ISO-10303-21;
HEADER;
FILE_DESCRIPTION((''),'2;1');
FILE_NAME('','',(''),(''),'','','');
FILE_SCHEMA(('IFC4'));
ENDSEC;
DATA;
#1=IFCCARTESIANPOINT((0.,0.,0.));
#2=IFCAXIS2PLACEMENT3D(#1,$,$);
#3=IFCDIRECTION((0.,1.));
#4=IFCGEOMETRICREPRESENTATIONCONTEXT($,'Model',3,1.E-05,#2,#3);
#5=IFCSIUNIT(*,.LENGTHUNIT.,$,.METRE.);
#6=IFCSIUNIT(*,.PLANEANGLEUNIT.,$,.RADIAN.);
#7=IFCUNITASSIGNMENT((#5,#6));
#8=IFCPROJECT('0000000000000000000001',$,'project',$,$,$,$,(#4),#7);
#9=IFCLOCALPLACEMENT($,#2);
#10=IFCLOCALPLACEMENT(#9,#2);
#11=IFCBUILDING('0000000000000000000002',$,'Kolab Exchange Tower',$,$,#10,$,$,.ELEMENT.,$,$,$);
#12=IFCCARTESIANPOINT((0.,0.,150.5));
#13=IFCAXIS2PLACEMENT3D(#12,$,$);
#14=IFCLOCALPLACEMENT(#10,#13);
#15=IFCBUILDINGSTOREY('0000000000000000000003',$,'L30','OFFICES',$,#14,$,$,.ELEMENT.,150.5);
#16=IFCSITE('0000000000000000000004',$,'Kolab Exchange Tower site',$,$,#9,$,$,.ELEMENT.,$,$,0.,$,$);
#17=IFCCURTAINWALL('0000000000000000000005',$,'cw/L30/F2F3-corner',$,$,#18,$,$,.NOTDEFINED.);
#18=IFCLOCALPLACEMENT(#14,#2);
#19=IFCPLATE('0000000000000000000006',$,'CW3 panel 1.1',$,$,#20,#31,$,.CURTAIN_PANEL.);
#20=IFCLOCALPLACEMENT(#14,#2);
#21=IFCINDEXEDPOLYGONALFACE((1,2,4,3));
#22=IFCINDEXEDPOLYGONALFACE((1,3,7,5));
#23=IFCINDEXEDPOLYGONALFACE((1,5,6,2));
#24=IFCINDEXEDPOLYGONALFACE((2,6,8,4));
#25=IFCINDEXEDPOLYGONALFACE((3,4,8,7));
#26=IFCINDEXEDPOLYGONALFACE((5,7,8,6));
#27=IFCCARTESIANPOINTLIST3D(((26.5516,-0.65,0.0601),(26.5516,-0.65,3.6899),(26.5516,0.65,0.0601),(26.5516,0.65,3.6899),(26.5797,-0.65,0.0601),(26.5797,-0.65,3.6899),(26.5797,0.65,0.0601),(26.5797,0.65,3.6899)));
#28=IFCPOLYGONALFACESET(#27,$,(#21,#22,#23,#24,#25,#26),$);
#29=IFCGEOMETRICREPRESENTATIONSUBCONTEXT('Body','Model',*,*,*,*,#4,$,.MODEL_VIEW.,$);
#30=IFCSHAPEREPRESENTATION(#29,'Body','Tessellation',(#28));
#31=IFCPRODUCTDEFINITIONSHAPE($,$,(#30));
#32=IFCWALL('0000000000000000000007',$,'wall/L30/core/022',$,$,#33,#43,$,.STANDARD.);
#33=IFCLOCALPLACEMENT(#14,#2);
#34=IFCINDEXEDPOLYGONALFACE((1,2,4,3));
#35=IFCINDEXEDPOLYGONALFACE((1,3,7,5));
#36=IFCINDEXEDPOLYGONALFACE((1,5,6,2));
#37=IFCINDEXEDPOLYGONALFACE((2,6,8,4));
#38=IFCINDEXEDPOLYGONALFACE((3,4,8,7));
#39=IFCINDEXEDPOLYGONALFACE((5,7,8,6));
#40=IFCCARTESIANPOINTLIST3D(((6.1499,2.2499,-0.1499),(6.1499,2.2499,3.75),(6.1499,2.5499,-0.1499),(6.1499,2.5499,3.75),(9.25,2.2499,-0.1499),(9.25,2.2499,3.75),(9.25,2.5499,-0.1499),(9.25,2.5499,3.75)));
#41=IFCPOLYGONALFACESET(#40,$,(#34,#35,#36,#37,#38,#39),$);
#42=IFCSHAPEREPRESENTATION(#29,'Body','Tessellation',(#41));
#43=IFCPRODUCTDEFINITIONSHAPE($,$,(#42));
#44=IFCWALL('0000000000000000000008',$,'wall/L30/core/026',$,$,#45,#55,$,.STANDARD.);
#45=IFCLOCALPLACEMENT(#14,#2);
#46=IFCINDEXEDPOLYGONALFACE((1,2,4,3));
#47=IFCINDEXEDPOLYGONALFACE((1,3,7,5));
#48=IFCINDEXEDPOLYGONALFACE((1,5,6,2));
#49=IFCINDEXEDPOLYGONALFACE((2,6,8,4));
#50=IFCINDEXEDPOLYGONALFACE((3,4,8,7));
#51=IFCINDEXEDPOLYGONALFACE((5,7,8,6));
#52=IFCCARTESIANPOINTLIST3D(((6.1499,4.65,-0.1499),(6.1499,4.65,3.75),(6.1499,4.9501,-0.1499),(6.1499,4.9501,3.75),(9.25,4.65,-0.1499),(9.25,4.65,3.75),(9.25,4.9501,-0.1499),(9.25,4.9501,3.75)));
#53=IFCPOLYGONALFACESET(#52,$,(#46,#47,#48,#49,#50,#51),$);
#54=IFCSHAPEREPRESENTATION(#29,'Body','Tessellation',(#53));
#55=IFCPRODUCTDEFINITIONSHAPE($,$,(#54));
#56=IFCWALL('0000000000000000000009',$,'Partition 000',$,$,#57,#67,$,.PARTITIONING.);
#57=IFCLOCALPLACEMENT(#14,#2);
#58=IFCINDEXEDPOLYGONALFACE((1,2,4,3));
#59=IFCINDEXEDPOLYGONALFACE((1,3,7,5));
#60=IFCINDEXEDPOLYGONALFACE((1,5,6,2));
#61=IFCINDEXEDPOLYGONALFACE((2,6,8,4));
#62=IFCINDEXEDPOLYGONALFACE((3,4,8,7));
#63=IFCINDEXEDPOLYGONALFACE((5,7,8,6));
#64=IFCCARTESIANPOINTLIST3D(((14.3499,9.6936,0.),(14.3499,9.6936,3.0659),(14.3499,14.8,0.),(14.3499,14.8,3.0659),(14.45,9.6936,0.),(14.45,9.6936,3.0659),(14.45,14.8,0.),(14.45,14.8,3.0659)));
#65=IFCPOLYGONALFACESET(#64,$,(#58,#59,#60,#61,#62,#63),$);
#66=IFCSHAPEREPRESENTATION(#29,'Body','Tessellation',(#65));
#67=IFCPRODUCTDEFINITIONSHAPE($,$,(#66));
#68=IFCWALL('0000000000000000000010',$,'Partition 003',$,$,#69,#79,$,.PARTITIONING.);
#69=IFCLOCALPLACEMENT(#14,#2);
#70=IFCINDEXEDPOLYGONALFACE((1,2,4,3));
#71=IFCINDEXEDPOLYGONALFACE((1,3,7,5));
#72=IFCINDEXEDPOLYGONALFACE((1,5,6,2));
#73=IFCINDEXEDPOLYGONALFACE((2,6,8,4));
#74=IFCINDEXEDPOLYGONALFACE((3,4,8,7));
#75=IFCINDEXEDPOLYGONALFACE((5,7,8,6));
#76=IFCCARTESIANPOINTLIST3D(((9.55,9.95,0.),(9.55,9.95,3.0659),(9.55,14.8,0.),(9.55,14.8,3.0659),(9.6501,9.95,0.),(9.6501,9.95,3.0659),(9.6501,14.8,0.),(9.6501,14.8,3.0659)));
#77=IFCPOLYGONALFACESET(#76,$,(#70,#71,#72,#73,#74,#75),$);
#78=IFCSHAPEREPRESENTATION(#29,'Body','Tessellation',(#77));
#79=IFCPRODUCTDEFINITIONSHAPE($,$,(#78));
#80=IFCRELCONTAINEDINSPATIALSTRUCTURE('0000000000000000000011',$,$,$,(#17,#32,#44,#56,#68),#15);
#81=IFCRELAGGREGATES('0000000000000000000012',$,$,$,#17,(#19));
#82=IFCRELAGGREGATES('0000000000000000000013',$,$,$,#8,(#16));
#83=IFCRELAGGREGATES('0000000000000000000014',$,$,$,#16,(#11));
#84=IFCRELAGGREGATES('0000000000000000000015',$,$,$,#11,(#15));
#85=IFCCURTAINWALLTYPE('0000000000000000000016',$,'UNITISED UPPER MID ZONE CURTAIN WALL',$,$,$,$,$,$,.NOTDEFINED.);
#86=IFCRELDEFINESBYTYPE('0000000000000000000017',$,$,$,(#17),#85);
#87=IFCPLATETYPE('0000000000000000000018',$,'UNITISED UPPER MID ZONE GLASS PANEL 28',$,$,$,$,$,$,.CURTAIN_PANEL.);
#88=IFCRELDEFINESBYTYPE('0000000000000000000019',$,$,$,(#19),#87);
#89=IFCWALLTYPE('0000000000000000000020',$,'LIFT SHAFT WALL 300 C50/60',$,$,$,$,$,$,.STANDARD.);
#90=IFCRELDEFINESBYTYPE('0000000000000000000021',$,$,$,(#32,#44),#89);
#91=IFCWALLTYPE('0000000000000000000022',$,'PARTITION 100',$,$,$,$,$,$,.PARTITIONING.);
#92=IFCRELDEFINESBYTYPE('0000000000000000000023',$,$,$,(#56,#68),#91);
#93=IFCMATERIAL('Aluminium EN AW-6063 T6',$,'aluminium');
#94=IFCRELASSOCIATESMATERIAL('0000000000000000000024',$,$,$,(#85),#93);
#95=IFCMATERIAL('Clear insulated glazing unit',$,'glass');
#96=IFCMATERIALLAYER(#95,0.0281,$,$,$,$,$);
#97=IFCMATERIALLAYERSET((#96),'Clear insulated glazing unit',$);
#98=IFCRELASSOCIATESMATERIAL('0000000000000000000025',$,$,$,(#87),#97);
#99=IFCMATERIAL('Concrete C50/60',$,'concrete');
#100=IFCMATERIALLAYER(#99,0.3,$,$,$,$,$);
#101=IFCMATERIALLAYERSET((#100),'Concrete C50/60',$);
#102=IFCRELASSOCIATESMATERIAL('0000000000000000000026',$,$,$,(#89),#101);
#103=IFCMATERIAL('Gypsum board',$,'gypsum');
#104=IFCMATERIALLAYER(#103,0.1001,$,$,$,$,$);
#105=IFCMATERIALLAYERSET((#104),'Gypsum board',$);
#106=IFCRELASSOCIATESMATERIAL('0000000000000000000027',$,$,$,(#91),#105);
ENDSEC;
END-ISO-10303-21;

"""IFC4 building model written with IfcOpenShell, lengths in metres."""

from ifc_helpers import new_model, si_unit, direction, frame, frame_2d, origin, origin_2d, place, context, subcontext, project, spatial, rectangle, extrude, material, layer, layer_set, type_object, element, aggregate, save


model = new_model("IFC4")

# Units and contexts
model_context = context("Model", 3, precision=1e-05, world=origin(), true_north=direction((0.0, 1.0)))
body_context = subcontext(model_context, "Body", "Model", "MODEL_VIEW")
ifc_project = project(units=[si_unit("LENGTHUNIT", "METRE"), si_unit("PLANEANGLEUNIT", "RADIAN")], contexts=[model_context])

# Site, building, storey
site_placement = place(None, origin())
site = spatial("IfcSite", under=ifc_project, at=site_placement, Name="Kolab Exchange Tower site", CompositionType="ELEMENT", RefElevation=0.0)
building_placement = place(site_placement, origin())
building = spatial("IfcBuilding", under=site, at=building_placement, Name="Kolab Exchange Tower", CompositionType="ELEMENT")
storey_placement = place(building_placement, frame((0.0, 0.0, 150.5)))
storey = spatial("IfcBuildingStorey", under=building, at=storey_placement, Name="L30", Description="OFFICES", CompositionType="ELEMENT", Elevation=150.5)

# Shared definitions
ifc_material_1 = material(Name="Aluminium EN AW-6063 T6", Category="aluminium")
curtain_wall_type = type_object("IfcCurtainWallType", Name="UNITISED UPPER MID ZONE CURTAIN WALL", PredefinedType="NOTDEFINED", material=ifc_material_1)

# Curtain wall
curtain_wall_1_placement = place(storey_placement, origin())
curtain_wall_1 = element("IfcCurtainWall", 1, at=curtain_wall_1_placement, inside=storey, type_object=curtain_wall_type, Name="cw/L30/F2F3-corner", PredefinedType="NOTDEFINED")

# Plate
ifc_material_2 = material(Name="Clear insulated glazing unit", Category="glass")
ifc_layer_1 = layer(ifc_material_2, 0.0281)
ifc_layer_set_1 = layer_set([ifc_layer_1], Name="Clear insulated glazing unit")
plate_type = type_object("IfcPlateType", Name="UNITISED UPPER MID ZONE GLASS PANEL 28", PredefinedType="CURTAIN_PANEL", material=ifc_layer_set_1)
plate_1_placement = place(storey_placement, frame((26.5657, 0.0, 0.0601), z_axis=(0.0, 0.0, 1.0), x_axis=(0.0, -1.0, 0.0)))
plate_1 = element("IfcPlate", 2, at=plate_1_placement, type_object=plate_type, Name="CW3 panel 1.1", PredefinedType="CURTAIN_PANEL", context=body_context, shape_type="SweptSolid", body=[
    extrude(rectangle(XDim=1.3, YDim=0.0281, at=origin_2d()), origin(), (0.0, 0.0, 1.0), 3.6299),
])
aggregate(curtain_wall_1, [plate_1])

# Walls
ifc_material_3 = material(Name="Concrete C50/60", Category="concrete")
ifc_layer_2 = layer(ifc_material_3, 0.3)
ifc_layer_set_2 = layer_set([ifc_layer_2], Name="Concrete C50/60")
wall_type_1 = type_object("IfcWallType", Name="LIFT SHAFT WALL 300 C50/60", PredefinedType="STANDARD", material=ifc_layer_set_2)
for number, where, z_axis, x_axis, name in (
    (3, (6.1499, 2.3999, -0.1499), (0.0, 0.0, 1.0), (1.0, 0.0, 0.0), "wall/L30/core/022"),
    (4, (6.1499, 4.8, -0.1499), (0.0, 0.0, 1.0), (1.0, 0.0, 0.0), "wall/L30/core/026"),
):
    element("IfcWall", number, at=place(storey_placement, frame(where, z_axis=z_axis, x_axis=x_axis)), inside=storey, type_object=wall_type_1, Name=name, PredefinedType="STANDARD", context=body_context, shape_type="SweptSolid", body=[
        extrude(rectangle(XDim=3.1001, YDim=0.3, at=frame_2d((1.55, 0.0))), origin(), (0.0, 0.0, 1.0), 3.8999),
    ])
ifc_material_4 = material(Name="Gypsum board", Category="gypsum")
ifc_layer_3 = layer(ifc_material_4, 0.1001)
ifc_layer_set_3 = layer_set([ifc_layer_3], Name="Gypsum board")
wall_type_2 = type_object("IfcWallType", Name="PARTITION 100", PredefinedType="PARTITIONING", material=ifc_layer_set_3)
wall_1_placement = place(storey_placement, frame((14.3999, 9.6936, 0.0), z_axis=(0.0, 0.0, 1.0), x_axis=(0.0, 1.0, 0.0)))
element("IfcWall", 5, at=wall_1_placement, inside=storey, type_object=wall_type_2, Name="Partition 000", PredefinedType="PARTITIONING", context=body_context, shape_type="SweptSolid", body=[
    extrude(rectangle(XDim=5.1064, YDim=0.1001, at=frame_2d((2.5532, 0.0))), origin(), (0.0, 0.0, 1.0), 3.0659),
])
wall_2_placement = place(storey_placement, frame((9.6001, 9.95, 0.0), z_axis=(0.0, 0.0, 1.0), x_axis=(0.0, 1.0, 0.0)))
element("IfcWall", 6, at=wall_2_placement, inside=storey, type_object=wall_type_2, Name="Partition 003", PredefinedType="PARTITIONING", context=body_context, shape_type="SweptSolid", body=[
    extrude(rectangle(XDim=4.8501, YDim=0.1001, at=frame_2d((2.425, 0.0))), origin(), (0.0, 0.0, 1.0), 3.0659),
])

save(model, "model.ifc")
